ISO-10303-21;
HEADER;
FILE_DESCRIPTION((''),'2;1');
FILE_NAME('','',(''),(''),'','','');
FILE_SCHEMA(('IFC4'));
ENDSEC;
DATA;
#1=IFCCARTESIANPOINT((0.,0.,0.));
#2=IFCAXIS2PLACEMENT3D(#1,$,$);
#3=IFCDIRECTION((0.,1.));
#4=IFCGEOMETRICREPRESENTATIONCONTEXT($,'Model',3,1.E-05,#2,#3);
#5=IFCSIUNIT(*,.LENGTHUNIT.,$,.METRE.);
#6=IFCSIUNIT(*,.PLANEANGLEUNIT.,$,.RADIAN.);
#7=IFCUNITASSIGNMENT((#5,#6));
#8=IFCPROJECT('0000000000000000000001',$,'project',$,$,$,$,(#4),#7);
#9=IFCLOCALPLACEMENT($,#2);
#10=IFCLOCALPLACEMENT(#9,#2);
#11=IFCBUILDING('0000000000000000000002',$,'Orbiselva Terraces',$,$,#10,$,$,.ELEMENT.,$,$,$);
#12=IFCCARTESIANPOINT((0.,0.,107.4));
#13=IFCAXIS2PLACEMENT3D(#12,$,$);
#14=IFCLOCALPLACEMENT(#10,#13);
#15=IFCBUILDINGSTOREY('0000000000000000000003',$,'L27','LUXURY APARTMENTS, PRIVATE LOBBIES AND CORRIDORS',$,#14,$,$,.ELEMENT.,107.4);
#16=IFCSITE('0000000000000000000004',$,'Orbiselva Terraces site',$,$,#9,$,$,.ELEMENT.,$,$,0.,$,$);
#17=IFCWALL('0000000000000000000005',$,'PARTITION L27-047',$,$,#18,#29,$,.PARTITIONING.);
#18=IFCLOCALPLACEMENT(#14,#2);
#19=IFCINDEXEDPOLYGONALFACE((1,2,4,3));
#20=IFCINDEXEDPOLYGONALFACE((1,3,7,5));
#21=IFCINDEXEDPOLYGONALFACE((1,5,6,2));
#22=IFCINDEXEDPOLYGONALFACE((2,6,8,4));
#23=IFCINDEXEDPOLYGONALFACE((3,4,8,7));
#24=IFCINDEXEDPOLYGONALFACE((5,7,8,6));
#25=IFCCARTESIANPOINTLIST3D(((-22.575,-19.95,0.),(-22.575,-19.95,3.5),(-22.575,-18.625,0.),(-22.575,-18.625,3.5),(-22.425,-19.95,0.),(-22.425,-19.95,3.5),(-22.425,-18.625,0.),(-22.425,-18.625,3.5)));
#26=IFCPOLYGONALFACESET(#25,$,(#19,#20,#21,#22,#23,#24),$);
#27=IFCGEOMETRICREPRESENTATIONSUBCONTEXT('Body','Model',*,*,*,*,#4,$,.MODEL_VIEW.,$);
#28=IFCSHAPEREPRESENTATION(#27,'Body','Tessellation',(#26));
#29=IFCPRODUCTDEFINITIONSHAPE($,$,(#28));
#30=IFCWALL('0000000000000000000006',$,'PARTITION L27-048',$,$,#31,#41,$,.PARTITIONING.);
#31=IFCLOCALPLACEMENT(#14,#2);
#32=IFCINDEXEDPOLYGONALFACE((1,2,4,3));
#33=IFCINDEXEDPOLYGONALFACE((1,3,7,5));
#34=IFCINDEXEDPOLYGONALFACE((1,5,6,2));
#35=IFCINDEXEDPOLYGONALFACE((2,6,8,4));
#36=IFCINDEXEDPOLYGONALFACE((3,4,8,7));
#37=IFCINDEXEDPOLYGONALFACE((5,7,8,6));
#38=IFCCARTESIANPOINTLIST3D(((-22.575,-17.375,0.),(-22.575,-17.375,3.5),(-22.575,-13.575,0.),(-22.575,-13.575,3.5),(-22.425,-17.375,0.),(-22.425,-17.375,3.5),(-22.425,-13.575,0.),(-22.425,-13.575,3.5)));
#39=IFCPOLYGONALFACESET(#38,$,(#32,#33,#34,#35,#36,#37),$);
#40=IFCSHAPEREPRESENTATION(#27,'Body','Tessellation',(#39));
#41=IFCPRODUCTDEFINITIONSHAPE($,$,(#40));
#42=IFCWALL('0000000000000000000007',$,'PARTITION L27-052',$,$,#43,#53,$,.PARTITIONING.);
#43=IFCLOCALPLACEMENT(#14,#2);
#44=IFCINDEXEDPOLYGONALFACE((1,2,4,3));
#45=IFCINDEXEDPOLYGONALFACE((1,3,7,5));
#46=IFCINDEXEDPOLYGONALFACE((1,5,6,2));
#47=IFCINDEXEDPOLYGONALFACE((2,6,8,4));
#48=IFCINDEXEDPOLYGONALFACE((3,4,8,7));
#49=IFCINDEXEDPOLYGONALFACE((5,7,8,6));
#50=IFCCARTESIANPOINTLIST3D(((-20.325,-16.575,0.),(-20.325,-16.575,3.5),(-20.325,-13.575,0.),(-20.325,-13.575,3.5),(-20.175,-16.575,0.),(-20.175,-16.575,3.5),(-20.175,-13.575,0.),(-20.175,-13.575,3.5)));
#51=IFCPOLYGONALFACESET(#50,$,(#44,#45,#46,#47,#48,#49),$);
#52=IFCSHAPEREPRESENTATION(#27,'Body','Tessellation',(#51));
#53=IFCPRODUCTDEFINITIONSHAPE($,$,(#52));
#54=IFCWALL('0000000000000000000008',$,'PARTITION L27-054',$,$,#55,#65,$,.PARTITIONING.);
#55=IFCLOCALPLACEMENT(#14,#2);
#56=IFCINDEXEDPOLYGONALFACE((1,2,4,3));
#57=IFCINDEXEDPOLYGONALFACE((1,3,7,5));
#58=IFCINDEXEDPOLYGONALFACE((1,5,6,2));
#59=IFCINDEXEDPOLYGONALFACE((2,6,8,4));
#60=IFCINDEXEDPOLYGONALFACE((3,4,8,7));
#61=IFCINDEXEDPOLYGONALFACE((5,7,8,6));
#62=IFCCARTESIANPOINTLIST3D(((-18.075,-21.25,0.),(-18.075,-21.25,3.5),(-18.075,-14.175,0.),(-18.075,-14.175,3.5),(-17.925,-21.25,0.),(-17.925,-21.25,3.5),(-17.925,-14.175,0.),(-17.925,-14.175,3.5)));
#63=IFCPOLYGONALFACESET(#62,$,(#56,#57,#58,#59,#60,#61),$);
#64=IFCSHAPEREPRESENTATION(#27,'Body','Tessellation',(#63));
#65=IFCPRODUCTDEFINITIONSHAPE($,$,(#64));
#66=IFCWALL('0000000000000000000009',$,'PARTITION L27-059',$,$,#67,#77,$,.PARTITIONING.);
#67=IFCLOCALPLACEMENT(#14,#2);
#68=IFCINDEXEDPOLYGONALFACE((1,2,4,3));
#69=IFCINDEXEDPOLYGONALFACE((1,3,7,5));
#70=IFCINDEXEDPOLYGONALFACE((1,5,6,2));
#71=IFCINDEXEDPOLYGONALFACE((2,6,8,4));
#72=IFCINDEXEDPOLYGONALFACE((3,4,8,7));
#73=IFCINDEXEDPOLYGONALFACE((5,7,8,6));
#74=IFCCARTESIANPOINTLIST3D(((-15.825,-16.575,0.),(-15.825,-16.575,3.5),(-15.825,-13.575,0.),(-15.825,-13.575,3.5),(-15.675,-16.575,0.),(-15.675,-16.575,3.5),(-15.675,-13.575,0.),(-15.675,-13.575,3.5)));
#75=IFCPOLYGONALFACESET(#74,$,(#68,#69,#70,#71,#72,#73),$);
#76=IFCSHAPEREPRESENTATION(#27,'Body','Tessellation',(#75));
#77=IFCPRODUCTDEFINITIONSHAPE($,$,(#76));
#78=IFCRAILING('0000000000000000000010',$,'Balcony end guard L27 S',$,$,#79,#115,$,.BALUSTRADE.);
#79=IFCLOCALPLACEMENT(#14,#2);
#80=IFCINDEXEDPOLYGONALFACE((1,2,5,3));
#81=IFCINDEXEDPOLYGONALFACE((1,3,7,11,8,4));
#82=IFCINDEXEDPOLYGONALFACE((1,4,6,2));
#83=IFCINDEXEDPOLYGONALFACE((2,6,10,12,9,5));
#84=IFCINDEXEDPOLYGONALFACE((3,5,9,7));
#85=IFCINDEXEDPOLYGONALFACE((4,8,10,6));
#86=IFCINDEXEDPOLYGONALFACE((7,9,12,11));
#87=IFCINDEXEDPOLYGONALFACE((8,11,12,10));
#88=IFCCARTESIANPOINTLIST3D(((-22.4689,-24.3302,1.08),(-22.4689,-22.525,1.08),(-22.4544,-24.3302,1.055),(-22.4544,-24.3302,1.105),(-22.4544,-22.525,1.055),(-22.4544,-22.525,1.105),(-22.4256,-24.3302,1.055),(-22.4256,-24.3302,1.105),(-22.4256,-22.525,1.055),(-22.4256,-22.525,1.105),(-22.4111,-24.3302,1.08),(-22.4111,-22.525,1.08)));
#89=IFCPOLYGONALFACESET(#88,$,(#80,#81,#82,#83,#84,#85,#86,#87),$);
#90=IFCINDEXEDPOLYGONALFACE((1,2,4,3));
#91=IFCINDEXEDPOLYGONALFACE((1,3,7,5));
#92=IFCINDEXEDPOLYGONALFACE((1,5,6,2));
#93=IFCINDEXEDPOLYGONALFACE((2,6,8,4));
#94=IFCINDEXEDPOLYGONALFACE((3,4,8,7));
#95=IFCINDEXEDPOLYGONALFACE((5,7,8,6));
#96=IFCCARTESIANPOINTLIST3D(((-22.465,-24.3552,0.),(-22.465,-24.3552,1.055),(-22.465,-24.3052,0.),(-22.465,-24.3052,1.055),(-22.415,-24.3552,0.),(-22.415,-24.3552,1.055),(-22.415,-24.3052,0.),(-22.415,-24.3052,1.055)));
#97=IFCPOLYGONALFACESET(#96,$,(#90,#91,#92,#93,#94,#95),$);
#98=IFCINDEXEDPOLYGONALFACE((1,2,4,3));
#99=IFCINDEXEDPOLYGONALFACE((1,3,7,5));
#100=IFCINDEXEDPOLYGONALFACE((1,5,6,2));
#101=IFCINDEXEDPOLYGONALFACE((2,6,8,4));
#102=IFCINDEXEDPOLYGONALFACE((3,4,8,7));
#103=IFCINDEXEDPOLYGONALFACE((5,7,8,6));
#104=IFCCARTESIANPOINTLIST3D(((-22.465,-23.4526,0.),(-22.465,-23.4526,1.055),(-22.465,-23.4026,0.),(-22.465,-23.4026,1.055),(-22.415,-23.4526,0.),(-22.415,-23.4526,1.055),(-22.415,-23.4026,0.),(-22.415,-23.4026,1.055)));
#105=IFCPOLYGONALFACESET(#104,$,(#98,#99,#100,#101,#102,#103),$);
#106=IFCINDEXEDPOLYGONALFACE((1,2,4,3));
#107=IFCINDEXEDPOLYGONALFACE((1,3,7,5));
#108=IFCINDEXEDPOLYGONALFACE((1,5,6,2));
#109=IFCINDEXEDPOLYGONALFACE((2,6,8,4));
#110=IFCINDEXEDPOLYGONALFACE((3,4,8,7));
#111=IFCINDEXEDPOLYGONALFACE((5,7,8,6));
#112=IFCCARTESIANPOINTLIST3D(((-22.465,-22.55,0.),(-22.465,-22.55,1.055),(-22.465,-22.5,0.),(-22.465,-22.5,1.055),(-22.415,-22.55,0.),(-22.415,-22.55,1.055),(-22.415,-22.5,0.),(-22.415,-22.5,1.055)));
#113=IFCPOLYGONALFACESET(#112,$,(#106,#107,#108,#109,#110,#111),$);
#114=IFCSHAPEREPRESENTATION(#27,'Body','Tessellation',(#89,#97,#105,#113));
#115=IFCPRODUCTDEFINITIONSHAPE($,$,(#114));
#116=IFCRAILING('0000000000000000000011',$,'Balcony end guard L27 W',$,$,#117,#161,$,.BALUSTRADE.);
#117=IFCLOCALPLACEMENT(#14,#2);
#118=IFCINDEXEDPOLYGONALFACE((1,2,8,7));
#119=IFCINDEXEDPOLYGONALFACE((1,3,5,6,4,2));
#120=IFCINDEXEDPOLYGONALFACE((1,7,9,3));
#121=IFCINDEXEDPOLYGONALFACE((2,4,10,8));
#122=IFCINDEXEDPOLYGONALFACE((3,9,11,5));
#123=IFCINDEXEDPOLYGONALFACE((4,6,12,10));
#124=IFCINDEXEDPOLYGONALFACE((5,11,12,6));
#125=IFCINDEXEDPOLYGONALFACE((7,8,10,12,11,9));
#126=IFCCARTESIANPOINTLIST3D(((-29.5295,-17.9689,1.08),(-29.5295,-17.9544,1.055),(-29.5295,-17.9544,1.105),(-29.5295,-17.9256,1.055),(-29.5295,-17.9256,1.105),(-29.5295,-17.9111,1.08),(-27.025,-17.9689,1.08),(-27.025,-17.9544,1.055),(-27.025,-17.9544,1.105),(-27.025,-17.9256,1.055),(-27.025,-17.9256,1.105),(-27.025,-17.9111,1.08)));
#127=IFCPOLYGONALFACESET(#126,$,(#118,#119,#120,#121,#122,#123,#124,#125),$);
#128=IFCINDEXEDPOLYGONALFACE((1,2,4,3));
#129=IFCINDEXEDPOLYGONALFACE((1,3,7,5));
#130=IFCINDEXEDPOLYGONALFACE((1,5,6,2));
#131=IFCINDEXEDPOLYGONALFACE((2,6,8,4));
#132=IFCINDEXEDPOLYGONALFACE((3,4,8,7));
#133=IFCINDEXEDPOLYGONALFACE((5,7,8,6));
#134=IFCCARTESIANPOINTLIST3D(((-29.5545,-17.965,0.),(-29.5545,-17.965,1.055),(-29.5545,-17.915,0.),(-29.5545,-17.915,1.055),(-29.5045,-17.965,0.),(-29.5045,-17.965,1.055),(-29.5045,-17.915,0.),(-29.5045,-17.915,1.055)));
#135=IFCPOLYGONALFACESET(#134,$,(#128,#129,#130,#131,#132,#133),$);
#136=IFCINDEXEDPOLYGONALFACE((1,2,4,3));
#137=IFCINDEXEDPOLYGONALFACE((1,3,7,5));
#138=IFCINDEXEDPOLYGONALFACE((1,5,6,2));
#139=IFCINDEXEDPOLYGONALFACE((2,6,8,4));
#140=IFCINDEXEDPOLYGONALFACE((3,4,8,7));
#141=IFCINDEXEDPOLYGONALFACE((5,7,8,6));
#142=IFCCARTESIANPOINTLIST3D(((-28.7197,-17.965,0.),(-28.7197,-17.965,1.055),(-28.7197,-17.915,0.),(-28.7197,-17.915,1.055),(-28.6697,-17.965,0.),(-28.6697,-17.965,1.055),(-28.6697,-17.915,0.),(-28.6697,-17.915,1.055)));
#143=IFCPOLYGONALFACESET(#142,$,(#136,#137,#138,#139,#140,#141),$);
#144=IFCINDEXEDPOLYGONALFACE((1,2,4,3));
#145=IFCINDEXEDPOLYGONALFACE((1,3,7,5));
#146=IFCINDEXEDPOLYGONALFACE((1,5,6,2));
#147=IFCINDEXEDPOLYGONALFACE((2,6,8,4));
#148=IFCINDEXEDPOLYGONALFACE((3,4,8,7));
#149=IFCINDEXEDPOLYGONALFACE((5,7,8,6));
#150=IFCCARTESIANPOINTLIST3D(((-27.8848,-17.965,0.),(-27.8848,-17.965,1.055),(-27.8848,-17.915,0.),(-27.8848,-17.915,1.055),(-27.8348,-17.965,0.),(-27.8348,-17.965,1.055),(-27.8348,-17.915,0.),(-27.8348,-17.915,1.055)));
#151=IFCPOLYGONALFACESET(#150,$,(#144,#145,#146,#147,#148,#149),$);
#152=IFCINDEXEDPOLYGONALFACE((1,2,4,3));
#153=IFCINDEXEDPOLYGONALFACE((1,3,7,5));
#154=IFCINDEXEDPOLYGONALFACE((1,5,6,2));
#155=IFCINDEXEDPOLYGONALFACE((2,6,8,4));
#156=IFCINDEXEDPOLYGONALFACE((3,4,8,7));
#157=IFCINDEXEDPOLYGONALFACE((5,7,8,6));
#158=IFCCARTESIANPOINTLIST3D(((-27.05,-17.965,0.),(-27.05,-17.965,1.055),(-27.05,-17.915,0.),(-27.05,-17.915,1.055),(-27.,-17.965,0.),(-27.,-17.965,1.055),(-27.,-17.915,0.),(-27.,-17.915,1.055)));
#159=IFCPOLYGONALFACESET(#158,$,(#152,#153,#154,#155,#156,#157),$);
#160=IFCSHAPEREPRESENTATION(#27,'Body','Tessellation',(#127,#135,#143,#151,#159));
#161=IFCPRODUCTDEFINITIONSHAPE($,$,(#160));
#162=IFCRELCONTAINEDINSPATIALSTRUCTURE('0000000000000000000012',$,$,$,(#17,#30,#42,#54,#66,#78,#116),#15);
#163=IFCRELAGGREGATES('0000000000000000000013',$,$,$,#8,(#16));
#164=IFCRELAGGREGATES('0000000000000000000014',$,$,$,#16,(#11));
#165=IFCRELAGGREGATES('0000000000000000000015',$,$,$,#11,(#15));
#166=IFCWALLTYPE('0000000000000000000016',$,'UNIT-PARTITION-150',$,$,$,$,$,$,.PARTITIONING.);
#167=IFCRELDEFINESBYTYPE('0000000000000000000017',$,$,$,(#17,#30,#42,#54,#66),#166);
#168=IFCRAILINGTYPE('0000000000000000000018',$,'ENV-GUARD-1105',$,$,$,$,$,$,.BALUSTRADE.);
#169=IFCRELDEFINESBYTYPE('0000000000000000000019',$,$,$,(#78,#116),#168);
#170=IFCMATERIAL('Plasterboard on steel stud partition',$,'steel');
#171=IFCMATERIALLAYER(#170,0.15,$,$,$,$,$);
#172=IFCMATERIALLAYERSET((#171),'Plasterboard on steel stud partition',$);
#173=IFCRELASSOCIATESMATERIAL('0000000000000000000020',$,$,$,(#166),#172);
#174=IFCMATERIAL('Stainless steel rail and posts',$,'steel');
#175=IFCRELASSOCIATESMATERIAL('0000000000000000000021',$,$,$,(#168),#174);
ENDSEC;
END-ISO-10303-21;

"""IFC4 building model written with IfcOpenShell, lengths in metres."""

from ifc_helpers import new_model, si_unit, direction, frame, frame_2d, origin, origin_2d, place, context, subcontext, project, spatial, polyline, rectangle, outline, extrude, material, layer, layer_set, type_object, element, save


model = new_model("IFC4")

# Units and contexts
model_context = context("Model", 3, precision=1e-05, world=origin(), true_north=direction((0.0, 1.0)))
body_context = subcontext(model_context, "Body", "Model", "MODEL_VIEW")
ifc_project = project(units=[si_unit("LENGTHUNIT", "METRE"), si_unit("PLANEANGLEUNIT", "RADIAN")], contexts=[model_context])

# Site, building, storey
site_placement = place(None, origin())
site = spatial("IfcSite", under=ifc_project, at=site_placement, Name="Orbiselva Terraces site", CompositionType="ELEMENT", RefElevation=0.0)
building_placement = place(site_placement, origin())
building = spatial("IfcBuilding", under=site, at=building_placement, Name="Orbiselva Terraces", CompositionType="ELEMENT")
storey_placement = place(building_placement, frame((0.0, 0.0, 107.4)))
storey = spatial("IfcBuildingStorey", under=building, at=storey_placement, Name="L27", Description="LUXURY APARTMENTS, PRIVATE LOBBIES AND CORRIDORS", CompositionType="ELEMENT", Elevation=107.4)

# Shared definitions
ifc_material_1 = material(Name="Plasterboard on steel stud partition", Category="steel")
ifc_layer_1 = layer(ifc_material_1, 0.15)
ifc_layer_set_1 = layer_set([ifc_layer_1], Name="Plasterboard on steel stud partition")
wall_type_1 = type_object("IfcWallType", Name="UNIT-PARTITION-150", PredefinedType="PARTITIONING", material=ifc_layer_set_1)

# Walls
wall_1_placement = place(storey_placement, frame((-22.5, -19.95, 0.0), z_axis=(0.0, 0.0, 1.0), x_axis=(0.0, 1.0, 0.0)))
element("IfcWall", 1, at=wall_1_placement, inside=storey, type_object=wall_type_1, Name="PARTITION L27-047", PredefinedType="PARTITIONING", context=body_context, shape_type="SweptSolid", body=[
    extrude(rectangle(XDim=1.325, YDim=0.15, at=frame_2d((0.6625, 0.0))), origin(), (0.0, 0.0, 1.0), 3.5),
])
wall_2_placement = place(storey_placement, frame((-22.5, -17.375, 0.0), z_axis=(0.0, 0.0, 1.0), x_axis=(0.0, 1.0, 0.0)))
element("IfcWall", 2, at=wall_2_placement, inside=storey, type_object=wall_type_1, Name="PARTITION L27-048", PredefinedType="PARTITIONING", context=body_context, shape_type="SweptSolid", body=[
    extrude(rectangle(XDim=3.8, YDim=0.15, at=frame_2d((1.9, 0.0))), origin(), (0.0, 0.0, 1.0), 3.5),
])
wall_3_placement = place(storey_placement, frame((-20.25, -16.575, 0.0), z_axis=(0.0, 0.0, 1.0), x_axis=(0.0, 1.0, 0.0)))
element("IfcWall", 3, at=wall_3_placement, inside=storey, type_object=wall_type_1, Name="PARTITION L27-052", PredefinedType="PARTITIONING", context=body_context, shape_type="SweptSolid", body=[
    extrude(rectangle(XDim=3.0, YDim=0.15, at=frame_2d((1.5, 0.0))), origin(), (0.0, 0.0, 1.0), 3.5),
])
wall_4_placement = place(storey_placement, frame((-18.0, -21.25, 0.0), z_axis=(0.0, 0.0, 1.0), x_axis=(0.0, 1.0, 0.0)))
element("IfcWall", 4, at=wall_4_placement, inside=storey, type_object=wall_type_1, Name="PARTITION L27-054", PredefinedType="PARTITIONING", context=body_context, shape_type="SweptSolid", body=[
    extrude(rectangle(XDim=7.075, YDim=0.15, at=frame_2d((3.5375, 0.0))), origin(), (0.0, 0.0, 1.0), 3.5),
])
wall_5_placement = place(storey_placement, frame((-15.75, -16.575, 0.0), z_axis=(0.0, 0.0, 1.0), x_axis=(0.0, 1.0, 0.0)))
element("IfcWall", 5, at=wall_5_placement, inside=storey, type_object=wall_type_1, Name="PARTITION L27-059", PredefinedType="PARTITIONING", context=body_context, shape_type="SweptSolid", body=[
    extrude(rectangle(XDim=3.0, YDim=0.15, at=frame_2d((1.5, 0.0))), origin(), (0.0, 0.0, 1.0), 3.5),
])

# Railings
ifc_material_2 = material(Name="Stainless steel rail and posts", Category="steel")
railing_type_1 = type_object("IfcRailingType", Name="ENV-GUARD-1105", PredefinedType="BALUSTRADE", material=ifc_material_2)
railing_1_placement = place(storey_placement, frame((-22.44, -24.3302, 0.0)))
element("IfcRailing", 6, at=railing_1_placement, inside=storey, type_object=railing_type_1, Name="Balcony end guard L27 S", PredefinedType="BALUSTRADE", context=body_context, shape_type="SweptSolid", body=[
    extrude(outline(polyline([(0.0289, 0.0), (0.0144, 0.025), (-0.0144, 0.025), (-0.0289, 0.0), (-0.0144, -0.025), (0.0144, -0.025), (0.0289, 0.0)])), frame((0.0, 0.0, 1.08), z_axis=(0.0, 1.0, 0.0), x_axis=(-1.0, 0.0, 0.0)), (0.0, 0.0, 1.0), 1.8052),
    extrude(rectangle(XDim=0.05, YDim=0.05, at=origin_2d()), origin(), (0.0, 0.0, 1.0), 1.055),
    extrude(rectangle(XDim=0.05, YDim=0.05, at=origin_2d()), frame((0.0, 0.9026, 0.0)), (0.0, 0.0, 1.0), 1.055),
    extrude(rectangle(XDim=0.05, YDim=0.05, at=origin_2d()), frame((0.0, 1.8052, 0.0)), (0.0, 0.0, 1.0), 1.055),
])
railing_2_placement = place(storey_placement, frame((-29.5295, -17.94, 0.0)))
element("IfcRailing", 7, at=railing_2_placement, inside=storey, type_object=railing_type_1, Name="Balcony end guard L27 W", PredefinedType="BALUSTRADE", context=body_context, shape_type="SweptSolid", body=[
    extrude(outline(polyline([(0.0289, 0.0), (0.0144, 0.025), (-0.0144, 0.025), (-0.0289, 0.0), (-0.0144, -0.025), (0.0144, -0.025), (0.0289, 0.0)])), frame((0.0, 0.0, 1.08), z_axis=(1.0, 0.0, 0.0), x_axis=(0.0, 1.0, 0.0)), (0.0, 0.0, 1.0), 2.5045),
    extrude(rectangle(XDim=0.05, YDim=0.05, at=origin_2d()), origin(), (0.0, 0.0, 1.0), 1.055),
    extrude(rectangle(XDim=0.05, YDim=0.05, at=origin_2d()), frame((0.8348, 0.0, 0.0)), (0.0, 0.0, 1.0), 1.055),
    extrude(rectangle(XDim=0.05, YDim=0.05, at=origin_2d()), frame((1.6697, 0.0, 0.0)), (0.0, 0.0, 1.0), 1.055),
    extrude(rectangle(XDim=0.05, YDim=0.05, at=origin_2d()), frame((2.5045, 0.0, 0.0)), (0.0, 0.0, 1.0), 1.055),
])

save(model, "model.ifc")
